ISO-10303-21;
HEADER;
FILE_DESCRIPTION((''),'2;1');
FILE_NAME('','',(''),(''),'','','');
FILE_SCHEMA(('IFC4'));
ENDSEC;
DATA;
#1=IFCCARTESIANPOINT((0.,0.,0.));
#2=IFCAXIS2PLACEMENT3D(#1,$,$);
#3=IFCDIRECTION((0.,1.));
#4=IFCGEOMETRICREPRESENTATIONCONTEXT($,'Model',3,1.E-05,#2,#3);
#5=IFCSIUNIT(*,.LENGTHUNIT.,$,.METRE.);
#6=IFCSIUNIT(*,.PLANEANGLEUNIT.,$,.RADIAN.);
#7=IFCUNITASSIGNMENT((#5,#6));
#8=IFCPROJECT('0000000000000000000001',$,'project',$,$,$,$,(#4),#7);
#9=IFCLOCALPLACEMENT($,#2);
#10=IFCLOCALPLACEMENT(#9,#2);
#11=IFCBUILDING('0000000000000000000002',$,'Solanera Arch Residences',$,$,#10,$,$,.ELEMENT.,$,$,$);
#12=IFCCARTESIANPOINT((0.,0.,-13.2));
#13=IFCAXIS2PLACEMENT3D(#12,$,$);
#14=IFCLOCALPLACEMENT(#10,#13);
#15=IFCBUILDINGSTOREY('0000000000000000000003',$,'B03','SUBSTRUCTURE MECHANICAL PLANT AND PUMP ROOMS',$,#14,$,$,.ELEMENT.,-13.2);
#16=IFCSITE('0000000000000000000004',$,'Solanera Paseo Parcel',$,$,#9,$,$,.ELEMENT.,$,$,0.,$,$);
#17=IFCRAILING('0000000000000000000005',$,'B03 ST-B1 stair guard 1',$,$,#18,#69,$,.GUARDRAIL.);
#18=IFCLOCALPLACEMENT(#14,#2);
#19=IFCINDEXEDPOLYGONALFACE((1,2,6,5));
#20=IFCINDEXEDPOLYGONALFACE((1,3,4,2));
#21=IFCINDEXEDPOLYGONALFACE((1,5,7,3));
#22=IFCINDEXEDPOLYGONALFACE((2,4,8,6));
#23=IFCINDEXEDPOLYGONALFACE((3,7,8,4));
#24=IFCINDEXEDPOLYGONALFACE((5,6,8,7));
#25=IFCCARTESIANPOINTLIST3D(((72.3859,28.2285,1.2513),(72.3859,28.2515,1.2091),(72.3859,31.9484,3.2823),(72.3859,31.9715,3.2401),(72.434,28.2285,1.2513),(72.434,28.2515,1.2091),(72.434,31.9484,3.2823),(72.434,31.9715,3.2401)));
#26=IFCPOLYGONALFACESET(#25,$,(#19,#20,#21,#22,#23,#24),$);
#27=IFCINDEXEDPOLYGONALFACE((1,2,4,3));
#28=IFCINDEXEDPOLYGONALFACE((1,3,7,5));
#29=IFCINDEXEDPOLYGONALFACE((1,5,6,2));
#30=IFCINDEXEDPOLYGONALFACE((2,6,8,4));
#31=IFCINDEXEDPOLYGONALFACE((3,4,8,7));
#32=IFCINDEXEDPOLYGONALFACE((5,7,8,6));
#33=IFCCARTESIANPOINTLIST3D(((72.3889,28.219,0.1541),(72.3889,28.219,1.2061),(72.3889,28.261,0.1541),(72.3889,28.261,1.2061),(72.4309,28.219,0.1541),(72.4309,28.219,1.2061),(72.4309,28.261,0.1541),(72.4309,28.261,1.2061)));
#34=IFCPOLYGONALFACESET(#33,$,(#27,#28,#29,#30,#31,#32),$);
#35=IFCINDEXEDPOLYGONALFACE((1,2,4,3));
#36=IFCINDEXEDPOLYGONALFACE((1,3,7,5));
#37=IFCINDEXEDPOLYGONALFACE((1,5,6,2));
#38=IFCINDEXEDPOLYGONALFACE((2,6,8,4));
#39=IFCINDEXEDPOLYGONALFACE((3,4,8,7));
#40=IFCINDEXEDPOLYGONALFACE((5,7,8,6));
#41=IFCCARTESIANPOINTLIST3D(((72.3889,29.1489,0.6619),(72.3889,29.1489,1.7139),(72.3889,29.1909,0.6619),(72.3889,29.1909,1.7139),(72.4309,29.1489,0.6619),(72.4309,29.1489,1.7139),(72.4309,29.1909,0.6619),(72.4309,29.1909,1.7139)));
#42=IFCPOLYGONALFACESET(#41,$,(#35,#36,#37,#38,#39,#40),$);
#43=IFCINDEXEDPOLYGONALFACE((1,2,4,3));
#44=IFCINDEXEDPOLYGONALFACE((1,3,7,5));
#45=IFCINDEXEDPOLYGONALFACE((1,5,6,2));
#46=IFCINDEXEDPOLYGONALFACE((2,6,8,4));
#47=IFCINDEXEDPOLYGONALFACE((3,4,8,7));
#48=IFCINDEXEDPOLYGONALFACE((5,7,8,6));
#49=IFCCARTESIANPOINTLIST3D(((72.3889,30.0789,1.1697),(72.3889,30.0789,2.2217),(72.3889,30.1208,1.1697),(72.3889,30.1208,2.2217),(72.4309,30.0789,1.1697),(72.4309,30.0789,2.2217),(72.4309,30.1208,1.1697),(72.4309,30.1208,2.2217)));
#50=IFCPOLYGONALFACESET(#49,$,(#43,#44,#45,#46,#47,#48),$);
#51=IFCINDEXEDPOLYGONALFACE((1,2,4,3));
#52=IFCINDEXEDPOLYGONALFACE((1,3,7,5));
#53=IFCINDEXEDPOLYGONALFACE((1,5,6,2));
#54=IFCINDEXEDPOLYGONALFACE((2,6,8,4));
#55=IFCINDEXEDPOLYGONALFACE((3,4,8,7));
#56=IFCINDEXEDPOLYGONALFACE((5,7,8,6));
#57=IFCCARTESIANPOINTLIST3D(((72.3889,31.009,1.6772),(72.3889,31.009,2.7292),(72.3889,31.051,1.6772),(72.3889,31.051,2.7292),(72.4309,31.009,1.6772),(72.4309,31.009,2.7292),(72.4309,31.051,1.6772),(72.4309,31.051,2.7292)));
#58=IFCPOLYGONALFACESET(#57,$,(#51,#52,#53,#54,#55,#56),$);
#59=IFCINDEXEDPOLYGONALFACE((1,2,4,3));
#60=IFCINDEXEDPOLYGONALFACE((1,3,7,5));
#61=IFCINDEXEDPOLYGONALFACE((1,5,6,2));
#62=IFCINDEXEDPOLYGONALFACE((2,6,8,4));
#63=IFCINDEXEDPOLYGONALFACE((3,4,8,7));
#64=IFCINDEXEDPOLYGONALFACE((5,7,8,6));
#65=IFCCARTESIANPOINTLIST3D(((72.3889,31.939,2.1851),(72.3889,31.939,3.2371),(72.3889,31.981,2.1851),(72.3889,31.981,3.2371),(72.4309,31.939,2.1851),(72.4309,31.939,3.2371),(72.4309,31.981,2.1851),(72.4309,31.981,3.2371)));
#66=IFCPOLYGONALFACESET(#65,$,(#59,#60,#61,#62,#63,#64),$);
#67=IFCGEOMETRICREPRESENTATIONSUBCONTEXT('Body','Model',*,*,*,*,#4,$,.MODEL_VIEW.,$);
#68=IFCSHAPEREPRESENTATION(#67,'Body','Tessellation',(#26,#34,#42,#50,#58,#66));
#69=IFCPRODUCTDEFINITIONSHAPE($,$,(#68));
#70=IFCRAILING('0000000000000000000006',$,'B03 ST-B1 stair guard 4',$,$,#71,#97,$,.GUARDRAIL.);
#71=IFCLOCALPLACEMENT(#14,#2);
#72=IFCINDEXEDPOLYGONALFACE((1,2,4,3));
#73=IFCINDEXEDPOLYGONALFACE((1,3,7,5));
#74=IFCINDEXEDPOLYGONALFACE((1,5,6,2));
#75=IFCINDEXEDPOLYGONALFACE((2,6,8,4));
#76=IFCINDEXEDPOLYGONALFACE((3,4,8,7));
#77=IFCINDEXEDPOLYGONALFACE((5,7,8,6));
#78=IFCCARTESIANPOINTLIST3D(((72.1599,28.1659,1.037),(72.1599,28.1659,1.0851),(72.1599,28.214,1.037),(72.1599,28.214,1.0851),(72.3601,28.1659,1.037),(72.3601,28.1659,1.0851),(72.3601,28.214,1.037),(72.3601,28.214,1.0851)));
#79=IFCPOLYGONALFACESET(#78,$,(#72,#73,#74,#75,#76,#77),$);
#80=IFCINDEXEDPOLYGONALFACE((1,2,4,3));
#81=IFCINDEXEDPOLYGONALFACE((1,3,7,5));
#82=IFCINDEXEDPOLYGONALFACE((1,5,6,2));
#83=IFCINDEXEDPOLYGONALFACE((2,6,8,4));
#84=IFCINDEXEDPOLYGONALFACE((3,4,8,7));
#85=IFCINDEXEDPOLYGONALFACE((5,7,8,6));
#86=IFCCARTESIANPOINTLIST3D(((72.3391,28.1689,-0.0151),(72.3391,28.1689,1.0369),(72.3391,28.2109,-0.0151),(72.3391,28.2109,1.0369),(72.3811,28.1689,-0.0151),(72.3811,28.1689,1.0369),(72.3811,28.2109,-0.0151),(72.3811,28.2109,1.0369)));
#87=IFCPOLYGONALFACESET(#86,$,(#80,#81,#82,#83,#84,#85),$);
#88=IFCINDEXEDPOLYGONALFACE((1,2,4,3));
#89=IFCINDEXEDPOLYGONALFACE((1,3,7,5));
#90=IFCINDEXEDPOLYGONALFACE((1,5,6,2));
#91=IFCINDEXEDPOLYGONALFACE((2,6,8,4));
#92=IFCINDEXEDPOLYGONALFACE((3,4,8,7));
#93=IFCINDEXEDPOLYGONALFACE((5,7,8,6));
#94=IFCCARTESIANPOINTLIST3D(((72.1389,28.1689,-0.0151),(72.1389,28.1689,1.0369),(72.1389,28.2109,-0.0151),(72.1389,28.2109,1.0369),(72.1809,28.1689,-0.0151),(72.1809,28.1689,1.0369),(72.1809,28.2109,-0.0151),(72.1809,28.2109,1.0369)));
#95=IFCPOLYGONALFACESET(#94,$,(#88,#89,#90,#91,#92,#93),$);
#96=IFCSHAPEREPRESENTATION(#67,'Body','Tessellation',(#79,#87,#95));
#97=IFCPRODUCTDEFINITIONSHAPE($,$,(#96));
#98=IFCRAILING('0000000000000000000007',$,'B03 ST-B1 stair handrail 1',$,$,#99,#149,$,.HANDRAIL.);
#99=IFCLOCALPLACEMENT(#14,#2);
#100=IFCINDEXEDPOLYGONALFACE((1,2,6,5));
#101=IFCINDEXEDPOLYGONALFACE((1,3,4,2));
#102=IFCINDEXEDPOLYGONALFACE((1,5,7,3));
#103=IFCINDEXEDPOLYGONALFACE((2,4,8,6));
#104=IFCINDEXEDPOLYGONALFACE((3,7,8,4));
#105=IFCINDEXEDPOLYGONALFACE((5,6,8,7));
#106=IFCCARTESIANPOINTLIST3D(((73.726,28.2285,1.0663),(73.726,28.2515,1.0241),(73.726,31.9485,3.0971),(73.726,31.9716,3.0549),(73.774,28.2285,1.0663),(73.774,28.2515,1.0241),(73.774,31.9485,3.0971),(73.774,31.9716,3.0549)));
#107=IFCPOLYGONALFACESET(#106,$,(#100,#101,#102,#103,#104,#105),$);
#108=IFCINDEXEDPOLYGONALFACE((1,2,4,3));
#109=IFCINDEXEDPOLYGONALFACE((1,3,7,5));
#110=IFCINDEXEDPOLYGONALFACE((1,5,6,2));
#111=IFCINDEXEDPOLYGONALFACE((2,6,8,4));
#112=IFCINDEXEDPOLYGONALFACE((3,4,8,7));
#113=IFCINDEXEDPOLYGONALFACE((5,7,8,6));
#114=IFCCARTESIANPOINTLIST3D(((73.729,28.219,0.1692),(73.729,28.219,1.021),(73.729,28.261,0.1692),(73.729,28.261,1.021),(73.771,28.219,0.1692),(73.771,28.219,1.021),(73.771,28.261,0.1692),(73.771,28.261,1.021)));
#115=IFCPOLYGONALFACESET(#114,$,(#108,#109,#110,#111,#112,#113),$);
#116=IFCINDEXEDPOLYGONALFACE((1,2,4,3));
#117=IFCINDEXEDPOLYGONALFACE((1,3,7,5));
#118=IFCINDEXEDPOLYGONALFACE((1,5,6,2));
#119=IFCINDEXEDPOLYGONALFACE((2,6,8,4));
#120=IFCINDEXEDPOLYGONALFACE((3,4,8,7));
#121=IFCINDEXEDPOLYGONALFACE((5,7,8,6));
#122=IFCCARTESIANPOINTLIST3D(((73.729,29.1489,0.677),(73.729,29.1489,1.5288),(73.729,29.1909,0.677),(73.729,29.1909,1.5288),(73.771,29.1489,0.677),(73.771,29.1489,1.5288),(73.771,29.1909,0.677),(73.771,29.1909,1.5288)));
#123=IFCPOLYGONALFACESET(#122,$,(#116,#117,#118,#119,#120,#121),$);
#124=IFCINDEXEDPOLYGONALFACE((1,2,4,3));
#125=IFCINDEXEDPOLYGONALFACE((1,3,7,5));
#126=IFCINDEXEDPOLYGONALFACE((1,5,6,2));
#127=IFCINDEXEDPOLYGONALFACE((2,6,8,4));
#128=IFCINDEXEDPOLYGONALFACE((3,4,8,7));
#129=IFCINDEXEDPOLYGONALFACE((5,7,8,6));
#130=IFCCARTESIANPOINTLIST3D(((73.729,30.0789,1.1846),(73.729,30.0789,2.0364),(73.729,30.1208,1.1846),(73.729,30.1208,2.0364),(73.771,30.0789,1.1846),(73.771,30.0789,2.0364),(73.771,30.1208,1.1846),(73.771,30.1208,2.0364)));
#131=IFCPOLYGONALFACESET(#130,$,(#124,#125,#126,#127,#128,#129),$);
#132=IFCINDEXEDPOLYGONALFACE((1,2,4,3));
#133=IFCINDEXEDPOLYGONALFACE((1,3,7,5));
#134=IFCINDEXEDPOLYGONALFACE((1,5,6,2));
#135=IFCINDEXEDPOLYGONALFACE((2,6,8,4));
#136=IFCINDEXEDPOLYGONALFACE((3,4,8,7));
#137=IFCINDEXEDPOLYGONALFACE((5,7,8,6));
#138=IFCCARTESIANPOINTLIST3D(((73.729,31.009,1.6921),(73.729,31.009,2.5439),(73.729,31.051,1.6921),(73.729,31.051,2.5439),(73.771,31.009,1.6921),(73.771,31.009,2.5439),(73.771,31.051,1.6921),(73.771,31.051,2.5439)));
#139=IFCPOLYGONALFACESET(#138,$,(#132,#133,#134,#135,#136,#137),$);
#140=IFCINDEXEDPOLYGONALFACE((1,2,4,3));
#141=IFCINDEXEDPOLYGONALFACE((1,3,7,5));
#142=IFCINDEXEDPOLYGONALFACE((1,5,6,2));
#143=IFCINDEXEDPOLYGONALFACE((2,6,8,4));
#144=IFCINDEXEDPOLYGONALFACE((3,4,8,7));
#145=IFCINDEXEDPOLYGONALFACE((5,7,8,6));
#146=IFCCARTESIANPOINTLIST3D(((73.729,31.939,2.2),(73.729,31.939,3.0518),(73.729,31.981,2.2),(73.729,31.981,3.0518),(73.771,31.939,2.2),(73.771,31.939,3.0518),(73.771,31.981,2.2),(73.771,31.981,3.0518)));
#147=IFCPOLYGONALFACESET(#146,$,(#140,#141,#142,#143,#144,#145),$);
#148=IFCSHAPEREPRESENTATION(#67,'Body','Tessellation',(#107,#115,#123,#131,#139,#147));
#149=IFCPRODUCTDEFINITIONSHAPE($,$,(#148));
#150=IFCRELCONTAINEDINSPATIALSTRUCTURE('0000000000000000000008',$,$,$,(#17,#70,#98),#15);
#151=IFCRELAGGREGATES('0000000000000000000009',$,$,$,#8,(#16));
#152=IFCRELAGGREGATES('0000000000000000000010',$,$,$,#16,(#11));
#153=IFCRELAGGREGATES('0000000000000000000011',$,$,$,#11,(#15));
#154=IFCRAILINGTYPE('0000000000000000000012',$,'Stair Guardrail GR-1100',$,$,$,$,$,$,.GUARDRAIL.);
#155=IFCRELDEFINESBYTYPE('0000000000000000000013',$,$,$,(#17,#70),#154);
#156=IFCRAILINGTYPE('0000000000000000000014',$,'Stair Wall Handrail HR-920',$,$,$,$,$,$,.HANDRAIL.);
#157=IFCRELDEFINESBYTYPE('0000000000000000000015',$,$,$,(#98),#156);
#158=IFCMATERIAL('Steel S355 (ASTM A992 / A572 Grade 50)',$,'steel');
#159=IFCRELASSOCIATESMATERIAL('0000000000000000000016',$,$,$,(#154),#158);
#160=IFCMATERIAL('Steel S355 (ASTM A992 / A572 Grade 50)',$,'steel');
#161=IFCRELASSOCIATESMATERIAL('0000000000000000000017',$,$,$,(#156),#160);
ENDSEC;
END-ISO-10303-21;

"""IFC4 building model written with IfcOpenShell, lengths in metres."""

from ifc_helpers import new_model, si_unit, direction, frame, origin, origin_2d, place, context, subcontext, project, spatial, rectangle, extrude, material, type_object, element, save


model = new_model("IFC4")

# Units and contexts
model_context = context("Model", 3, precision=1e-05, world=origin(), true_north=direction((0.0, 1.0)))
body_context = subcontext(model_context, "Body", "Model", "MODEL_VIEW")
ifc_project = project(units=[si_unit("LENGTHUNIT", "METRE"), si_unit("PLANEANGLEUNIT", "RADIAN")], contexts=[model_context])

# Site, building, storey
site_placement = place(None, origin())
site = spatial("IfcSite", under=ifc_project, at=site_placement, Name="Solanera Paseo Parcel", CompositionType="ELEMENT", RefElevation=0.0)
building_placement = place(site_placement, origin())
building = spatial("IfcBuilding", under=site, at=building_placement, Name="Solanera Arch Residences", CompositionType="ELEMENT")
storey_placement = place(building_placement, frame((0.0, 0.0, -13.2)))
storey = spatial("IfcBuildingStorey", under=building, at=storey_placement, Name="B03", Description="SUBSTRUCTURE MECHANICAL PLANT AND PUMP ROOMS", CompositionType="ELEMENT", Elevation=-13.2)

# Railings
ifc_material_1 = material(Name="Steel S355 (ASTM A992 / A572 Grade 50)", Category="steel")
railing_type_1 = type_object("IfcRailingType", Name="Stair Guardrail GR-1100", PredefinedType="GUARDRAIL", material=ifc_material_1)
railing_1_placement = place(storey_placement, frame((72.4099, 28.24, 0.1541)))
element("IfcRailing", 1, at=railing_1_placement, inside=storey, type_object=railing_type_1, Name="B03 ST-B1 stair guard 1", PredefinedType="GUARDRAIL", context=body_context, shape_type="SweptSolid", body=[
    extrude(rectangle(XDim=0.0481, YDim=0.0481, at=origin_2d()), frame((0.0, 0.0, 1.0762), z_axis=(0.0, 0.877704, 0.479203), x_axis=(-1.0, 0.0, 0.0)), (0.0, 0.0, 1.0), 4.2383),
    extrude(rectangle(XDim=0.042, YDim=0.042, at=origin_2d()), origin(), (0.0, 0.0, 1.0), 1.052),
    extrude(rectangle(XDim=0.042, YDim=0.042, at=origin_2d()), frame((0.0, 0.9299, 0.5078)), (0.0, 0.0, 1.0), 1.052),
    extrude(rectangle(XDim=0.042, YDim=0.042, at=origin_2d()), frame((0.0, 1.8599, 1.0156)), (0.0, 0.0, 1.0), 1.052),
    extrude(rectangle(XDim=0.042, YDim=0.042, at=origin_2d()), frame((0.0, 2.79, 1.5232)), (0.0, 0.0, 1.0), 1.052),
    extrude(rectangle(XDim=0.042, YDim=0.042, at=origin_2d()), frame((0.0, 3.72, 2.031)), (0.0, 0.0, 1.0), 1.052),
])
railing_2_placement = place(storey_placement, frame((72.3601, 28.1899, -0.0151)))
element("IfcRailing", 2, at=railing_2_placement, inside=storey, type_object=railing_type_1, Name="B03 ST-B1 stair guard 4", PredefinedType="GUARDRAIL", context=body_context, shape_type="SweptSolid", body=[
    extrude(rectangle(XDim=0.0481, YDim=0.0481, at=origin_2d()), frame((0.0, 0.0, 1.0762), z_axis=(-1.0, 0.0, 0.0), x_axis=(0.0, -1.0, 0.0)), (0.0, 0.0, 1.0), 0.2002),
    extrude(rectangle(XDim=0.042, YDim=0.042, at=origin_2d()), origin(), (0.0, 0.0, 1.0), 1.052),
    extrude(rectangle(XDim=0.042, YDim=0.042, at=origin_2d()), frame((-0.2002, 0.0, 0.0)), (0.0, 0.0, 1.0), 1.052),
])
ifc_material_2 = material(Name="Steel S355 (ASTM A992 / A572 Grade 50)", Category="steel")
railing_type_2 = type_object("IfcRailingType", Name="Stair Wall Handrail HR-920", PredefinedType="HANDRAIL", material=ifc_material_2)
railing_3_placement = place(storey_placement, frame((73.75, 28.24, 0.1692)))
element("IfcRailing", 3, at=railing_3_placement, inside=storey, type_object=railing_type_2, Name="B03 ST-B1 stair handrail 1", PredefinedType="HANDRAIL", context=body_context, shape_type="SweptSolid", body=[
    extrude(rectangle(XDim=0.0481, YDim=0.0481, at=origin_2d()), frame((0.0, 0.0, 0.876), z_axis=(0.0, 0.877728, 0.479159), x_axis=(-1.0, 0.0, 0.0)), (0.0, 0.0, 1.0), 4.2383),
    extrude(rectangle(XDim=0.042, YDim=0.042, at=origin_2d()), origin(), (0.0, 0.0, 1.0), 0.8518),
    extrude(rectangle(XDim=0.042, YDim=0.042, at=origin_2d()), frame((0.0, 0.9299, 0.5078)), (0.0, 0.0, 1.0), 0.8518),
    extrude(rectangle(XDim=0.042, YDim=0.042, at=origin_2d()), frame((0.0, 1.8599, 1.0154)), (0.0, 0.0, 1.0), 0.8518),
    extrude(rectangle(XDim=0.042, YDim=0.042, at=origin_2d()), frame((0.0, 2.79, 1.5229)), (0.0, 0.0, 1.0), 0.8518),
    extrude(rectangle(XDim=0.042, YDim=0.042, at=origin_2d()), frame((0.0, 3.72, 2.0308)), (0.0, 0.0, 1.0), 0.8518),
])

save(model, "model.ifc")
